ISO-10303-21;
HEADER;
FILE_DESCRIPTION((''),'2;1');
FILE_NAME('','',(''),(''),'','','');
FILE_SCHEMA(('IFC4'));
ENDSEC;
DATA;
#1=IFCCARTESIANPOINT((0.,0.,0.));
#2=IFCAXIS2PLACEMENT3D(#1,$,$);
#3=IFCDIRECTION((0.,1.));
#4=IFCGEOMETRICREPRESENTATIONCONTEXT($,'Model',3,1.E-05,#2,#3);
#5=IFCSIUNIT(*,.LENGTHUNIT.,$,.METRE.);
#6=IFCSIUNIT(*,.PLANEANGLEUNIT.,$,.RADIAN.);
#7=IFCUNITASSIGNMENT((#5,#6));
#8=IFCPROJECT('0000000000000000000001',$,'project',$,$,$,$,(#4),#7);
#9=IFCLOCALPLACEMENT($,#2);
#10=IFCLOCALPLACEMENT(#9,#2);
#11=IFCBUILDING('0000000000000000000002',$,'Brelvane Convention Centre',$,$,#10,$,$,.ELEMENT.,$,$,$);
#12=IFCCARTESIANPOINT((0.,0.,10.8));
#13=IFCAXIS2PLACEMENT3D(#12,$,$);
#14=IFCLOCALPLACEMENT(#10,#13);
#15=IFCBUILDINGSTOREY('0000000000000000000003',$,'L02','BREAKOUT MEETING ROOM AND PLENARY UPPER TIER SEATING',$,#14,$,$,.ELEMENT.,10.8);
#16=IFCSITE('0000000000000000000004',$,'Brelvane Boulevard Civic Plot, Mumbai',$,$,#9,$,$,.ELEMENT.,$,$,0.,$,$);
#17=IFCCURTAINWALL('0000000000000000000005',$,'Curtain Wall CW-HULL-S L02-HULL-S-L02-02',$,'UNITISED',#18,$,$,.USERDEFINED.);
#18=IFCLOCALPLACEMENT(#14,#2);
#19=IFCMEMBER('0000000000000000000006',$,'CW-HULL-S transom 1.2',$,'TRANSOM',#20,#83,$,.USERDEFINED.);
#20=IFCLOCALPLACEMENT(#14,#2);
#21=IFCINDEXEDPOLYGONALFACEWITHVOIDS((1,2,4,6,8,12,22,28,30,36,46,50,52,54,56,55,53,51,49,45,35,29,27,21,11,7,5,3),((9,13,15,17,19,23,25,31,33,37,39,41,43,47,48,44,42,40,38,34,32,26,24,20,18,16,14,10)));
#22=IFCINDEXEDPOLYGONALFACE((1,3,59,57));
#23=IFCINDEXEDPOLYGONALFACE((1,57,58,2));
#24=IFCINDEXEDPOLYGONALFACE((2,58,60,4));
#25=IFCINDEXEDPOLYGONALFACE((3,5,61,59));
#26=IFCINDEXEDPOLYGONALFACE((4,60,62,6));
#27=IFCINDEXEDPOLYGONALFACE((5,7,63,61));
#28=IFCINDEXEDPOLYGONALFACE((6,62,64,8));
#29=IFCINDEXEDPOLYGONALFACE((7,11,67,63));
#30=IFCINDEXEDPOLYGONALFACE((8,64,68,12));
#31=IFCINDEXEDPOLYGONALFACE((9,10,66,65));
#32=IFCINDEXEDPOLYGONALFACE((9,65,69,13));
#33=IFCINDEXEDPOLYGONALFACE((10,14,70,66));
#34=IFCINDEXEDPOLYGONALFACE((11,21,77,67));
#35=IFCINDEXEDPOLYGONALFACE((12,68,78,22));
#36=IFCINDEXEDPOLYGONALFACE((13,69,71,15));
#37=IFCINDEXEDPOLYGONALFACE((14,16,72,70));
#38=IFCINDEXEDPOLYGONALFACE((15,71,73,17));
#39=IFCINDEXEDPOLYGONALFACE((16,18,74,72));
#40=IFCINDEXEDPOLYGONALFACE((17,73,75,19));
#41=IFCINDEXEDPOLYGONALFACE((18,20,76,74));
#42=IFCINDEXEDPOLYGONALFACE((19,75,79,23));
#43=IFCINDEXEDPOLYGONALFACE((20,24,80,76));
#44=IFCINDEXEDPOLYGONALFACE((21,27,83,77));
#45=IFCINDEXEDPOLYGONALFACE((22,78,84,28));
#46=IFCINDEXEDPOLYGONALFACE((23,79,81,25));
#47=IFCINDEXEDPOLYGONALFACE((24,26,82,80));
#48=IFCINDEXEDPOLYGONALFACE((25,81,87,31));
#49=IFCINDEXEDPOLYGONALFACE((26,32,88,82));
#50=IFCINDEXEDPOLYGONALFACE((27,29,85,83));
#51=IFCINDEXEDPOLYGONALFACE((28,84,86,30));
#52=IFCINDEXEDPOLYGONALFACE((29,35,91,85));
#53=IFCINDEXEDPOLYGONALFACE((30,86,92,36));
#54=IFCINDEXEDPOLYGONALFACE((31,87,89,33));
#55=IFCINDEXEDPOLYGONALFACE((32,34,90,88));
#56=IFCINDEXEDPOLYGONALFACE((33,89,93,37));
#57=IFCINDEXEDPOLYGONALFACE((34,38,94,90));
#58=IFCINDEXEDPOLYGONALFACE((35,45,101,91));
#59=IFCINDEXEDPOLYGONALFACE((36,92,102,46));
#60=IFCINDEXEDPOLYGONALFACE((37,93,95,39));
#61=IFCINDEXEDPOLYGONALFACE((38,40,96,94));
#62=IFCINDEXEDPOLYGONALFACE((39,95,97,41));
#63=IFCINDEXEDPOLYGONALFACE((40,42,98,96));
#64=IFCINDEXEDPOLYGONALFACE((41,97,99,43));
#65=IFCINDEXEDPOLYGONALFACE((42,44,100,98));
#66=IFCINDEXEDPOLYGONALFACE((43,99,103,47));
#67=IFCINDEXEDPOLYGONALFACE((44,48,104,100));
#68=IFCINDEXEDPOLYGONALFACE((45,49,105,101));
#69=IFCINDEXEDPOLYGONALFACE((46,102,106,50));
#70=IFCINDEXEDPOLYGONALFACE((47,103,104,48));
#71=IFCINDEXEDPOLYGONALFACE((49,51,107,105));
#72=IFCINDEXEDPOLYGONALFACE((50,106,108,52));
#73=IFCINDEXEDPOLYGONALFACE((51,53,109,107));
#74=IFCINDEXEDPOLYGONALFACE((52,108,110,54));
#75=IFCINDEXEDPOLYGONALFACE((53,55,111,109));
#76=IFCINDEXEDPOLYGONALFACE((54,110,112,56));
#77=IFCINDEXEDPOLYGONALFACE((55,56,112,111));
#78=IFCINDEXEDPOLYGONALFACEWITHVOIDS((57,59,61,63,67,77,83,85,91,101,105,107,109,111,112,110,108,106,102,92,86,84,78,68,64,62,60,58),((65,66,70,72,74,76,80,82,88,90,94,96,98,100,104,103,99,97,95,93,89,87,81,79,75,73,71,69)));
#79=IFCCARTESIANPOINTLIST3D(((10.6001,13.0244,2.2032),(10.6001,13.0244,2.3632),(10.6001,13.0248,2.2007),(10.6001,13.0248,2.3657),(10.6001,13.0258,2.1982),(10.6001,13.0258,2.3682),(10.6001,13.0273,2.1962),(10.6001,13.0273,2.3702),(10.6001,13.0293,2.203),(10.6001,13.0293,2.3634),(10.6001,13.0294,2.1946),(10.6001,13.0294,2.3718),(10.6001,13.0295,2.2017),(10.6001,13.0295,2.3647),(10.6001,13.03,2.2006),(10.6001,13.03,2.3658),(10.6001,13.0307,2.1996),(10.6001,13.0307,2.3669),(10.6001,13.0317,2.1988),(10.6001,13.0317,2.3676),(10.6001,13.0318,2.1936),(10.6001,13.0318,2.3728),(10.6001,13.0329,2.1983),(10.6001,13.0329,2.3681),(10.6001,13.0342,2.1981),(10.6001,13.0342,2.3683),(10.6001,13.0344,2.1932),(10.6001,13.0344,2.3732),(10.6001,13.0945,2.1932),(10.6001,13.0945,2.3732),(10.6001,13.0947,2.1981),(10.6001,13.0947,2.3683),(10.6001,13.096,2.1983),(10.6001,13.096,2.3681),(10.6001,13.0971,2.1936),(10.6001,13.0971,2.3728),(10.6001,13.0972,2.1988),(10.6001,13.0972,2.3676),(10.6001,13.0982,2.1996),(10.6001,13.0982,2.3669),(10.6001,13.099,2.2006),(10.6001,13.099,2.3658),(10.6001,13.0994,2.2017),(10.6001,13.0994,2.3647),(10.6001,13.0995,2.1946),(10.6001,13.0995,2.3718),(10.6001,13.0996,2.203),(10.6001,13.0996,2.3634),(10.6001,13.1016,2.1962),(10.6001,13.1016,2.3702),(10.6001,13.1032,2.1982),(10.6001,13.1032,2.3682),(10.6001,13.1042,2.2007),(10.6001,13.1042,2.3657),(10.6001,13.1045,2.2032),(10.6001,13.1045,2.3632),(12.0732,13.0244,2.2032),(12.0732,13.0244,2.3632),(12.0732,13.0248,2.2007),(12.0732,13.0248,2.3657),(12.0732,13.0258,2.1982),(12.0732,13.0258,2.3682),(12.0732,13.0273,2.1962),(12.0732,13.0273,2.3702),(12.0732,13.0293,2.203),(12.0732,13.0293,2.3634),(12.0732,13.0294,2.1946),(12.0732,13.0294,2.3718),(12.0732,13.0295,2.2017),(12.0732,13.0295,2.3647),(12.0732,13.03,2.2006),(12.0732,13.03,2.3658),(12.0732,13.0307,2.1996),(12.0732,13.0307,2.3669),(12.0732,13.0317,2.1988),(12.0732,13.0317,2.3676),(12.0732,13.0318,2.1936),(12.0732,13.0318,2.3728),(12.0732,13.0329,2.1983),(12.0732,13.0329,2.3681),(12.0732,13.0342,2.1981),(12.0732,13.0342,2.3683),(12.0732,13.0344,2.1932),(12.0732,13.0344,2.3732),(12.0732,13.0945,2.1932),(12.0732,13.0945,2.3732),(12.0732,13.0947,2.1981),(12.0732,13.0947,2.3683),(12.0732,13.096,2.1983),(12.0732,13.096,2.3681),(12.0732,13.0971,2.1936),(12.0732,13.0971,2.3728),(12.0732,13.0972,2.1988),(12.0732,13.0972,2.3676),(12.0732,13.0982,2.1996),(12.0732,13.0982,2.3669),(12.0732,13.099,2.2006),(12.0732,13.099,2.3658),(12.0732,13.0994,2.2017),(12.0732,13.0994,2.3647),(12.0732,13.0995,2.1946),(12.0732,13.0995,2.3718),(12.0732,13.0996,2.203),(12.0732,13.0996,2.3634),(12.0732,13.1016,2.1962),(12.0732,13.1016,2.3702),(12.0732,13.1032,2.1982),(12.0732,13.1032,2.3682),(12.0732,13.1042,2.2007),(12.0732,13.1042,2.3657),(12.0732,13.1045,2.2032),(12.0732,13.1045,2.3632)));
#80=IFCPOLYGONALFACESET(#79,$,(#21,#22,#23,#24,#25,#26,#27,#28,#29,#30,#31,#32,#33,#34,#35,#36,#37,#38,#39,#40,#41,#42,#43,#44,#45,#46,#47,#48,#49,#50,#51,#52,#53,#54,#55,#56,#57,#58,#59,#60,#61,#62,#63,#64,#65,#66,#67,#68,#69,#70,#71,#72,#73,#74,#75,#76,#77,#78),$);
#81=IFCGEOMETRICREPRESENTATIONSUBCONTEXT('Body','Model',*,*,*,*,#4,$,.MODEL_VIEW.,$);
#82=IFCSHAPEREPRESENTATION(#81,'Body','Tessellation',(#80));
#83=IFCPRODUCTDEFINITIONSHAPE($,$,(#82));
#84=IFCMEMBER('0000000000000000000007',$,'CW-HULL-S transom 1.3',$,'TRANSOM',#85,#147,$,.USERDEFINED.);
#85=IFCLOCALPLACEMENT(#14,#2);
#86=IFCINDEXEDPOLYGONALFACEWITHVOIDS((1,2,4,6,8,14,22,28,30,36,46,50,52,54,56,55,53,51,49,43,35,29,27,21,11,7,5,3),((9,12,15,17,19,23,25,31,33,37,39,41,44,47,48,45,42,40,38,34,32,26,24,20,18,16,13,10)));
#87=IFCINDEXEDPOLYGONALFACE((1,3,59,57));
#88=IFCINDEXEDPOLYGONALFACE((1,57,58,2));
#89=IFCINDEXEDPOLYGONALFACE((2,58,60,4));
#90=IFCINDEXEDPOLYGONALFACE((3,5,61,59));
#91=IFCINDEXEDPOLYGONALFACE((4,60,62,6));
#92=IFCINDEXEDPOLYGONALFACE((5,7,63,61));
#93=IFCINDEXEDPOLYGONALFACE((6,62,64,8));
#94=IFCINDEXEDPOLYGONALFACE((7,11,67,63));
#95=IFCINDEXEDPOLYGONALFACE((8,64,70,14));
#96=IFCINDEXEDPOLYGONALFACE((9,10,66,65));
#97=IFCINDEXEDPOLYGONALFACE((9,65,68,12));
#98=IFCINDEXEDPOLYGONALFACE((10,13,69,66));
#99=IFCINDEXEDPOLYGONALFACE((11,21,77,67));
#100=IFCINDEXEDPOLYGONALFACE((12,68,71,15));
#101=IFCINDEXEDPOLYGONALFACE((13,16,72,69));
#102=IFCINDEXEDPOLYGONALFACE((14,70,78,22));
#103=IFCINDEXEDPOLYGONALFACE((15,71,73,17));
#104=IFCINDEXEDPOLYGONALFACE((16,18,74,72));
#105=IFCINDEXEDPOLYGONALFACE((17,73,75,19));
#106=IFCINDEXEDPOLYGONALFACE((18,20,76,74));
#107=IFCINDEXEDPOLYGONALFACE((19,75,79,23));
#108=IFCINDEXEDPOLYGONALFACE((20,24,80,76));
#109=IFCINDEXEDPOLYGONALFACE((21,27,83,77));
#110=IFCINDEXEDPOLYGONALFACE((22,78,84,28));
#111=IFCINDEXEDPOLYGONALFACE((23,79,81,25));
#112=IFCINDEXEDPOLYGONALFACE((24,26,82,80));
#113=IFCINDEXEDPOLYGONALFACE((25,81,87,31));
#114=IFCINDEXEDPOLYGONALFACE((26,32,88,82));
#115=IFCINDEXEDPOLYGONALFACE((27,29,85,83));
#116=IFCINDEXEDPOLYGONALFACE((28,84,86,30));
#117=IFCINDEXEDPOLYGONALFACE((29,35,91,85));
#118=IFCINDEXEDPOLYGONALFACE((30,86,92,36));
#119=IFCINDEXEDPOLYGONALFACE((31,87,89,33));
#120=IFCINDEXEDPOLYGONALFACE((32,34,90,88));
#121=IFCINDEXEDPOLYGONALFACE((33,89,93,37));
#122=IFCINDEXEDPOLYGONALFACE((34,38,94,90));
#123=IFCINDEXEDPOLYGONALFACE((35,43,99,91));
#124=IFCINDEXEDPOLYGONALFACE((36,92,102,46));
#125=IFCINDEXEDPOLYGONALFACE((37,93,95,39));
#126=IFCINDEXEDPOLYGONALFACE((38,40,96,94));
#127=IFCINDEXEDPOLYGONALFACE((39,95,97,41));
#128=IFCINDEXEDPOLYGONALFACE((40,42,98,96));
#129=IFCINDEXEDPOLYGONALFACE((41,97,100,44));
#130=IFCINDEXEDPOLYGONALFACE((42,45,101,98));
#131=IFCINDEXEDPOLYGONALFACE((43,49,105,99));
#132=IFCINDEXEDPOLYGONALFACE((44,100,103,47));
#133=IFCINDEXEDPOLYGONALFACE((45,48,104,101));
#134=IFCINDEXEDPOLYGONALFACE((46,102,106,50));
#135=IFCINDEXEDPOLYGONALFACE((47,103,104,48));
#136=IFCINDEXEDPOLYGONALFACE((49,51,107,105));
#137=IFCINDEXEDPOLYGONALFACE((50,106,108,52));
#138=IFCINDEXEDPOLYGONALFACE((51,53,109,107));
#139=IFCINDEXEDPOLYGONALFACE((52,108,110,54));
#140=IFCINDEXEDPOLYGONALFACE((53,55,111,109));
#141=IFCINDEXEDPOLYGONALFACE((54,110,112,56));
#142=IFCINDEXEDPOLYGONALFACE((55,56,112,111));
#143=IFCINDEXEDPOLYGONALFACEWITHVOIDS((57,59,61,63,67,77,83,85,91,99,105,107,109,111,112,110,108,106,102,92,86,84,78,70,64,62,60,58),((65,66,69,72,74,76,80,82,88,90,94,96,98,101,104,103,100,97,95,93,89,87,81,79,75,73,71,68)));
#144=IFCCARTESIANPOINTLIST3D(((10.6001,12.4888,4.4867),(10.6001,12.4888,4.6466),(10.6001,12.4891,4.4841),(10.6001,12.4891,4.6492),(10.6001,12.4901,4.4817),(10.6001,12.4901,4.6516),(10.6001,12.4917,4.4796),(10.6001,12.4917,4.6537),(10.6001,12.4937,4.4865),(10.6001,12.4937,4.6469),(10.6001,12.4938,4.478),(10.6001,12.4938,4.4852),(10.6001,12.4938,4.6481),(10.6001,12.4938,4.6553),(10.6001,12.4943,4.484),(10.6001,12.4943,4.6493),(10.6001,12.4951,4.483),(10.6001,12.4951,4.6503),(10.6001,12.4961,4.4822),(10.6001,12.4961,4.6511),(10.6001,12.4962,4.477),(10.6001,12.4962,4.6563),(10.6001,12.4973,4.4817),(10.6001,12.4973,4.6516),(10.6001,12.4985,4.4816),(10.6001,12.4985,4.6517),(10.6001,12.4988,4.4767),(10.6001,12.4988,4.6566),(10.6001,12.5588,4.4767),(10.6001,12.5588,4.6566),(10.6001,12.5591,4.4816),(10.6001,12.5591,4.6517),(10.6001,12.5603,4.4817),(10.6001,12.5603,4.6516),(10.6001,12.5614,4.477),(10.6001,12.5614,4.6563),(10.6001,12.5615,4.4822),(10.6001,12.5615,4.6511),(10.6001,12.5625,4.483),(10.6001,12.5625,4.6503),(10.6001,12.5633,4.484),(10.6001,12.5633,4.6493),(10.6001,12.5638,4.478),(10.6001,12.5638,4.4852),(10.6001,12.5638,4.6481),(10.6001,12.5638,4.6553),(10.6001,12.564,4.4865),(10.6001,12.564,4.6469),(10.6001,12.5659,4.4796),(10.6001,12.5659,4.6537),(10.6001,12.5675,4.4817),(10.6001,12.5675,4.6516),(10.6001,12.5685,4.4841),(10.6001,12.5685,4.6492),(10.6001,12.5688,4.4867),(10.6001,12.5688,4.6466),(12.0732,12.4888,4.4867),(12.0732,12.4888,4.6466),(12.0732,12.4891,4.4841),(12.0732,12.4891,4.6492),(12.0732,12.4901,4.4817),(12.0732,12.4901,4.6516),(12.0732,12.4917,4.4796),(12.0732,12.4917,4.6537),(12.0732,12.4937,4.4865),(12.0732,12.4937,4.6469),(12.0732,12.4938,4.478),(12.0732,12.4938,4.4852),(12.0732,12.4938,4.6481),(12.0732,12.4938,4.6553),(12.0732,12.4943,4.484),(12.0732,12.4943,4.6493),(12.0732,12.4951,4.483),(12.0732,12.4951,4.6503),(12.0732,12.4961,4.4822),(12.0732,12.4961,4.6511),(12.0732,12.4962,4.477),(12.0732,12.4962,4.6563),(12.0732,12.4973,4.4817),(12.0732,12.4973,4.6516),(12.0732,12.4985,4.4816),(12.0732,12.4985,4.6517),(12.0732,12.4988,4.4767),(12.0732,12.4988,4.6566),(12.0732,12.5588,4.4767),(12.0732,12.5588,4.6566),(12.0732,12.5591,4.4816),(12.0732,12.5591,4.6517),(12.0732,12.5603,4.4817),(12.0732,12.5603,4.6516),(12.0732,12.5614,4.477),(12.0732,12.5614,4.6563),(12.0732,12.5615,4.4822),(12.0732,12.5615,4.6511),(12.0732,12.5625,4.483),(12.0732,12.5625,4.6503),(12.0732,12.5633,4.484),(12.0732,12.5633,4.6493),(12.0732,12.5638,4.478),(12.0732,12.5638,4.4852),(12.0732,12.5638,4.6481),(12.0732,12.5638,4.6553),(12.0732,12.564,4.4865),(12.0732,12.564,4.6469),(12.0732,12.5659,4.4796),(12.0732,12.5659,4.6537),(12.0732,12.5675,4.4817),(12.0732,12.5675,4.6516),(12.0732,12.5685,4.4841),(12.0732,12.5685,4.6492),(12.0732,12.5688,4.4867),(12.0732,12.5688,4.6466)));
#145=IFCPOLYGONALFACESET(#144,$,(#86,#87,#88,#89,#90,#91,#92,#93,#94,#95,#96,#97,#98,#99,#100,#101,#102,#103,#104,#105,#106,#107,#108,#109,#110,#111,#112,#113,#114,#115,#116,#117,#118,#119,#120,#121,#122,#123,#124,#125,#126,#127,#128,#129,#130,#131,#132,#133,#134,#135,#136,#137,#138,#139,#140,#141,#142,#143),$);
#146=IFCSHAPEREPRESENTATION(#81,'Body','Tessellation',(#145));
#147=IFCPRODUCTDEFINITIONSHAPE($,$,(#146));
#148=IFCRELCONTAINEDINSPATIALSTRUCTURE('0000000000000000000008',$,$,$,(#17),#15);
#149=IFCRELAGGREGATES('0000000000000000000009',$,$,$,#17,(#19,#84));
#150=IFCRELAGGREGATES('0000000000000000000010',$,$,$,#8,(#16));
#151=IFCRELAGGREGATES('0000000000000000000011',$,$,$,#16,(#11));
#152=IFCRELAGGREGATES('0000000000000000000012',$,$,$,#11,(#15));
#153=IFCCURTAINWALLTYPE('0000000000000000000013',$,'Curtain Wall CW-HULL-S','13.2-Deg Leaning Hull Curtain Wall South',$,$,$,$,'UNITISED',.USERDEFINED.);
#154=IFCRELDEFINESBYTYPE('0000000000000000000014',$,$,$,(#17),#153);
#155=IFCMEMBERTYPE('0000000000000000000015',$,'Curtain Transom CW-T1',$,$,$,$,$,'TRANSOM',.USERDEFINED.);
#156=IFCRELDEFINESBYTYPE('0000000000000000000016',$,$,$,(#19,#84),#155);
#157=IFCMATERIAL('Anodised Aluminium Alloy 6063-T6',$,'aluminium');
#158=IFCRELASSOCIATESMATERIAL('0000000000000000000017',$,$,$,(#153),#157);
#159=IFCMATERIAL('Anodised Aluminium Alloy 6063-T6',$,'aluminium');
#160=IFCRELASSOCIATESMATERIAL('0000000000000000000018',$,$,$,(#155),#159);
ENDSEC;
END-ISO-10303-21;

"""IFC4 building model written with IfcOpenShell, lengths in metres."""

from ifc_helpers import new_model, si_unit, direction, frame, origin, origin_2d, place, context, subcontext, project, spatial, hollow_rectangle, extrude, material, material_profile, profile_set, type_object, element, aggregate, save


model = new_model("IFC4")

# Units and contexts
model_context = context("Model", 3, precision=1e-05, world=origin(), true_north=direction((0.0, 1.0)))
body_context = subcontext(model_context, "Body", "Model", "MODEL_VIEW")
ifc_project = project(units=[si_unit("LENGTHUNIT", "METRE"), si_unit("PLANEANGLEUNIT", "RADIAN")], contexts=[model_context])

# Site, building, storey
site_placement = place(None, origin())
site = spatial("IfcSite", under=ifc_project, at=site_placement, Name="Brelvane Boulevard Civic Plot, Mumbai", CompositionType="ELEMENT", RefElevation=0.0)
building_placement = place(site_placement, origin())
building = spatial("IfcBuilding", under=site, at=building_placement, Name="Brelvane Convention Centre", CompositionType="ELEMENT")
storey_placement = place(building_placement, frame((0.0, 0.0, 10.8)))
storey = spatial("IfcBuildingStorey", under=building, at=storey_placement, Name="L02", Description="BREAKOUT MEETING ROOM AND PLENARY UPPER TIER SEATING", CompositionType="ELEMENT", Elevation=10.8)

# Curtain wall, members
ifc_material_1 = material(Name="Anodised Aluminium Alloy 6063-T6", Category="aluminium")
curtain_wall_type = type_object("IfcCurtainWallType", Name="Curtain Wall CW-HULL-S", Description="13.2-Deg Leaning Hull Curtain Wall South", ElementType="UNITISED", PredefinedType="USERDEFINED", material=ifc_material_1)
ifc_material_2 = material(Name="Anodised Aluminium Alloy 6063-T6", Category="aluminium")
ifc_material_profile = material_profile(ifc_material_2, hollow_rectangle(XDim=0.0801, YDim=0.1799, WallThickness=0.0049, InnerFilletRadius=0.0049, OuterFilletRadius=0.01, at=origin_2d()), Name="ALU-T 180x80x5.0")
ifc_profile_set = profile_set([ifc_material_profile], Name="Anodised Aluminium Alloy 6063-T6")
member_type = type_object("IfcMemberType", Name="Curtain Transom CW-T1", ElementType="TRANSOM", PredefinedType="USERDEFINED", material=ifc_profile_set)
curtain_wall_1_placement = place(storey_placement, origin())
curtain_wall_1 = element("IfcCurtainWall", 1, at=curtain_wall_1_placement, inside=storey, type_object=curtain_wall_type, Name="Curtain Wall CW-HULL-S L02-HULL-S-L02-02", ObjectType="UNITISED", PredefinedType="USERDEFINED")
member_1_placement = place(storey_placement, frame((10.6001, 13.0645, 2.2832), z_axis=(1.0, 0.0, 0.0), x_axis=(0.0, 1.0, 0.0)))
member_1 = element("IfcMember", 2, at=member_1_placement, type_object=member_type, Name="CW-HULL-S transom 1.2", ObjectType="TRANSOM", PredefinedType="USERDEFINED", context=body_context, shape_type="SweptSolid", body=[
    extrude(hollow_rectangle(XDim=0.0801, YDim=0.1799, WallThickness=0.0049, InnerFilletRadius=0.0049, OuterFilletRadius=0.01, at=origin_2d()), origin(), (0.0, 0.0, 1.0), 1.4731),
])
member_2_placement = place(storey_placement, frame((10.6001, 12.5288, 4.5667), z_axis=(1.0, 0.0, 0.0), x_axis=(0.0, 1.0, 0.0)))
member_2 = element("IfcMember", 3, at=member_2_placement, type_object=member_type, Name="CW-HULL-S transom 1.3", ObjectType="TRANSOM", PredefinedType="USERDEFINED", context=body_context, shape_type="SweptSolid", body=[
    extrude(hollow_rectangle(XDim=0.0801, YDim=0.1799, WallThickness=0.0049, InnerFilletRadius=0.0049, OuterFilletRadius=0.01, at=origin_2d()), origin(), (0.0, 0.0, 1.0), 1.4731),
])

aggregate(curtain_wall_1, [member_1, member_2])

save(model, "model.ifc")
